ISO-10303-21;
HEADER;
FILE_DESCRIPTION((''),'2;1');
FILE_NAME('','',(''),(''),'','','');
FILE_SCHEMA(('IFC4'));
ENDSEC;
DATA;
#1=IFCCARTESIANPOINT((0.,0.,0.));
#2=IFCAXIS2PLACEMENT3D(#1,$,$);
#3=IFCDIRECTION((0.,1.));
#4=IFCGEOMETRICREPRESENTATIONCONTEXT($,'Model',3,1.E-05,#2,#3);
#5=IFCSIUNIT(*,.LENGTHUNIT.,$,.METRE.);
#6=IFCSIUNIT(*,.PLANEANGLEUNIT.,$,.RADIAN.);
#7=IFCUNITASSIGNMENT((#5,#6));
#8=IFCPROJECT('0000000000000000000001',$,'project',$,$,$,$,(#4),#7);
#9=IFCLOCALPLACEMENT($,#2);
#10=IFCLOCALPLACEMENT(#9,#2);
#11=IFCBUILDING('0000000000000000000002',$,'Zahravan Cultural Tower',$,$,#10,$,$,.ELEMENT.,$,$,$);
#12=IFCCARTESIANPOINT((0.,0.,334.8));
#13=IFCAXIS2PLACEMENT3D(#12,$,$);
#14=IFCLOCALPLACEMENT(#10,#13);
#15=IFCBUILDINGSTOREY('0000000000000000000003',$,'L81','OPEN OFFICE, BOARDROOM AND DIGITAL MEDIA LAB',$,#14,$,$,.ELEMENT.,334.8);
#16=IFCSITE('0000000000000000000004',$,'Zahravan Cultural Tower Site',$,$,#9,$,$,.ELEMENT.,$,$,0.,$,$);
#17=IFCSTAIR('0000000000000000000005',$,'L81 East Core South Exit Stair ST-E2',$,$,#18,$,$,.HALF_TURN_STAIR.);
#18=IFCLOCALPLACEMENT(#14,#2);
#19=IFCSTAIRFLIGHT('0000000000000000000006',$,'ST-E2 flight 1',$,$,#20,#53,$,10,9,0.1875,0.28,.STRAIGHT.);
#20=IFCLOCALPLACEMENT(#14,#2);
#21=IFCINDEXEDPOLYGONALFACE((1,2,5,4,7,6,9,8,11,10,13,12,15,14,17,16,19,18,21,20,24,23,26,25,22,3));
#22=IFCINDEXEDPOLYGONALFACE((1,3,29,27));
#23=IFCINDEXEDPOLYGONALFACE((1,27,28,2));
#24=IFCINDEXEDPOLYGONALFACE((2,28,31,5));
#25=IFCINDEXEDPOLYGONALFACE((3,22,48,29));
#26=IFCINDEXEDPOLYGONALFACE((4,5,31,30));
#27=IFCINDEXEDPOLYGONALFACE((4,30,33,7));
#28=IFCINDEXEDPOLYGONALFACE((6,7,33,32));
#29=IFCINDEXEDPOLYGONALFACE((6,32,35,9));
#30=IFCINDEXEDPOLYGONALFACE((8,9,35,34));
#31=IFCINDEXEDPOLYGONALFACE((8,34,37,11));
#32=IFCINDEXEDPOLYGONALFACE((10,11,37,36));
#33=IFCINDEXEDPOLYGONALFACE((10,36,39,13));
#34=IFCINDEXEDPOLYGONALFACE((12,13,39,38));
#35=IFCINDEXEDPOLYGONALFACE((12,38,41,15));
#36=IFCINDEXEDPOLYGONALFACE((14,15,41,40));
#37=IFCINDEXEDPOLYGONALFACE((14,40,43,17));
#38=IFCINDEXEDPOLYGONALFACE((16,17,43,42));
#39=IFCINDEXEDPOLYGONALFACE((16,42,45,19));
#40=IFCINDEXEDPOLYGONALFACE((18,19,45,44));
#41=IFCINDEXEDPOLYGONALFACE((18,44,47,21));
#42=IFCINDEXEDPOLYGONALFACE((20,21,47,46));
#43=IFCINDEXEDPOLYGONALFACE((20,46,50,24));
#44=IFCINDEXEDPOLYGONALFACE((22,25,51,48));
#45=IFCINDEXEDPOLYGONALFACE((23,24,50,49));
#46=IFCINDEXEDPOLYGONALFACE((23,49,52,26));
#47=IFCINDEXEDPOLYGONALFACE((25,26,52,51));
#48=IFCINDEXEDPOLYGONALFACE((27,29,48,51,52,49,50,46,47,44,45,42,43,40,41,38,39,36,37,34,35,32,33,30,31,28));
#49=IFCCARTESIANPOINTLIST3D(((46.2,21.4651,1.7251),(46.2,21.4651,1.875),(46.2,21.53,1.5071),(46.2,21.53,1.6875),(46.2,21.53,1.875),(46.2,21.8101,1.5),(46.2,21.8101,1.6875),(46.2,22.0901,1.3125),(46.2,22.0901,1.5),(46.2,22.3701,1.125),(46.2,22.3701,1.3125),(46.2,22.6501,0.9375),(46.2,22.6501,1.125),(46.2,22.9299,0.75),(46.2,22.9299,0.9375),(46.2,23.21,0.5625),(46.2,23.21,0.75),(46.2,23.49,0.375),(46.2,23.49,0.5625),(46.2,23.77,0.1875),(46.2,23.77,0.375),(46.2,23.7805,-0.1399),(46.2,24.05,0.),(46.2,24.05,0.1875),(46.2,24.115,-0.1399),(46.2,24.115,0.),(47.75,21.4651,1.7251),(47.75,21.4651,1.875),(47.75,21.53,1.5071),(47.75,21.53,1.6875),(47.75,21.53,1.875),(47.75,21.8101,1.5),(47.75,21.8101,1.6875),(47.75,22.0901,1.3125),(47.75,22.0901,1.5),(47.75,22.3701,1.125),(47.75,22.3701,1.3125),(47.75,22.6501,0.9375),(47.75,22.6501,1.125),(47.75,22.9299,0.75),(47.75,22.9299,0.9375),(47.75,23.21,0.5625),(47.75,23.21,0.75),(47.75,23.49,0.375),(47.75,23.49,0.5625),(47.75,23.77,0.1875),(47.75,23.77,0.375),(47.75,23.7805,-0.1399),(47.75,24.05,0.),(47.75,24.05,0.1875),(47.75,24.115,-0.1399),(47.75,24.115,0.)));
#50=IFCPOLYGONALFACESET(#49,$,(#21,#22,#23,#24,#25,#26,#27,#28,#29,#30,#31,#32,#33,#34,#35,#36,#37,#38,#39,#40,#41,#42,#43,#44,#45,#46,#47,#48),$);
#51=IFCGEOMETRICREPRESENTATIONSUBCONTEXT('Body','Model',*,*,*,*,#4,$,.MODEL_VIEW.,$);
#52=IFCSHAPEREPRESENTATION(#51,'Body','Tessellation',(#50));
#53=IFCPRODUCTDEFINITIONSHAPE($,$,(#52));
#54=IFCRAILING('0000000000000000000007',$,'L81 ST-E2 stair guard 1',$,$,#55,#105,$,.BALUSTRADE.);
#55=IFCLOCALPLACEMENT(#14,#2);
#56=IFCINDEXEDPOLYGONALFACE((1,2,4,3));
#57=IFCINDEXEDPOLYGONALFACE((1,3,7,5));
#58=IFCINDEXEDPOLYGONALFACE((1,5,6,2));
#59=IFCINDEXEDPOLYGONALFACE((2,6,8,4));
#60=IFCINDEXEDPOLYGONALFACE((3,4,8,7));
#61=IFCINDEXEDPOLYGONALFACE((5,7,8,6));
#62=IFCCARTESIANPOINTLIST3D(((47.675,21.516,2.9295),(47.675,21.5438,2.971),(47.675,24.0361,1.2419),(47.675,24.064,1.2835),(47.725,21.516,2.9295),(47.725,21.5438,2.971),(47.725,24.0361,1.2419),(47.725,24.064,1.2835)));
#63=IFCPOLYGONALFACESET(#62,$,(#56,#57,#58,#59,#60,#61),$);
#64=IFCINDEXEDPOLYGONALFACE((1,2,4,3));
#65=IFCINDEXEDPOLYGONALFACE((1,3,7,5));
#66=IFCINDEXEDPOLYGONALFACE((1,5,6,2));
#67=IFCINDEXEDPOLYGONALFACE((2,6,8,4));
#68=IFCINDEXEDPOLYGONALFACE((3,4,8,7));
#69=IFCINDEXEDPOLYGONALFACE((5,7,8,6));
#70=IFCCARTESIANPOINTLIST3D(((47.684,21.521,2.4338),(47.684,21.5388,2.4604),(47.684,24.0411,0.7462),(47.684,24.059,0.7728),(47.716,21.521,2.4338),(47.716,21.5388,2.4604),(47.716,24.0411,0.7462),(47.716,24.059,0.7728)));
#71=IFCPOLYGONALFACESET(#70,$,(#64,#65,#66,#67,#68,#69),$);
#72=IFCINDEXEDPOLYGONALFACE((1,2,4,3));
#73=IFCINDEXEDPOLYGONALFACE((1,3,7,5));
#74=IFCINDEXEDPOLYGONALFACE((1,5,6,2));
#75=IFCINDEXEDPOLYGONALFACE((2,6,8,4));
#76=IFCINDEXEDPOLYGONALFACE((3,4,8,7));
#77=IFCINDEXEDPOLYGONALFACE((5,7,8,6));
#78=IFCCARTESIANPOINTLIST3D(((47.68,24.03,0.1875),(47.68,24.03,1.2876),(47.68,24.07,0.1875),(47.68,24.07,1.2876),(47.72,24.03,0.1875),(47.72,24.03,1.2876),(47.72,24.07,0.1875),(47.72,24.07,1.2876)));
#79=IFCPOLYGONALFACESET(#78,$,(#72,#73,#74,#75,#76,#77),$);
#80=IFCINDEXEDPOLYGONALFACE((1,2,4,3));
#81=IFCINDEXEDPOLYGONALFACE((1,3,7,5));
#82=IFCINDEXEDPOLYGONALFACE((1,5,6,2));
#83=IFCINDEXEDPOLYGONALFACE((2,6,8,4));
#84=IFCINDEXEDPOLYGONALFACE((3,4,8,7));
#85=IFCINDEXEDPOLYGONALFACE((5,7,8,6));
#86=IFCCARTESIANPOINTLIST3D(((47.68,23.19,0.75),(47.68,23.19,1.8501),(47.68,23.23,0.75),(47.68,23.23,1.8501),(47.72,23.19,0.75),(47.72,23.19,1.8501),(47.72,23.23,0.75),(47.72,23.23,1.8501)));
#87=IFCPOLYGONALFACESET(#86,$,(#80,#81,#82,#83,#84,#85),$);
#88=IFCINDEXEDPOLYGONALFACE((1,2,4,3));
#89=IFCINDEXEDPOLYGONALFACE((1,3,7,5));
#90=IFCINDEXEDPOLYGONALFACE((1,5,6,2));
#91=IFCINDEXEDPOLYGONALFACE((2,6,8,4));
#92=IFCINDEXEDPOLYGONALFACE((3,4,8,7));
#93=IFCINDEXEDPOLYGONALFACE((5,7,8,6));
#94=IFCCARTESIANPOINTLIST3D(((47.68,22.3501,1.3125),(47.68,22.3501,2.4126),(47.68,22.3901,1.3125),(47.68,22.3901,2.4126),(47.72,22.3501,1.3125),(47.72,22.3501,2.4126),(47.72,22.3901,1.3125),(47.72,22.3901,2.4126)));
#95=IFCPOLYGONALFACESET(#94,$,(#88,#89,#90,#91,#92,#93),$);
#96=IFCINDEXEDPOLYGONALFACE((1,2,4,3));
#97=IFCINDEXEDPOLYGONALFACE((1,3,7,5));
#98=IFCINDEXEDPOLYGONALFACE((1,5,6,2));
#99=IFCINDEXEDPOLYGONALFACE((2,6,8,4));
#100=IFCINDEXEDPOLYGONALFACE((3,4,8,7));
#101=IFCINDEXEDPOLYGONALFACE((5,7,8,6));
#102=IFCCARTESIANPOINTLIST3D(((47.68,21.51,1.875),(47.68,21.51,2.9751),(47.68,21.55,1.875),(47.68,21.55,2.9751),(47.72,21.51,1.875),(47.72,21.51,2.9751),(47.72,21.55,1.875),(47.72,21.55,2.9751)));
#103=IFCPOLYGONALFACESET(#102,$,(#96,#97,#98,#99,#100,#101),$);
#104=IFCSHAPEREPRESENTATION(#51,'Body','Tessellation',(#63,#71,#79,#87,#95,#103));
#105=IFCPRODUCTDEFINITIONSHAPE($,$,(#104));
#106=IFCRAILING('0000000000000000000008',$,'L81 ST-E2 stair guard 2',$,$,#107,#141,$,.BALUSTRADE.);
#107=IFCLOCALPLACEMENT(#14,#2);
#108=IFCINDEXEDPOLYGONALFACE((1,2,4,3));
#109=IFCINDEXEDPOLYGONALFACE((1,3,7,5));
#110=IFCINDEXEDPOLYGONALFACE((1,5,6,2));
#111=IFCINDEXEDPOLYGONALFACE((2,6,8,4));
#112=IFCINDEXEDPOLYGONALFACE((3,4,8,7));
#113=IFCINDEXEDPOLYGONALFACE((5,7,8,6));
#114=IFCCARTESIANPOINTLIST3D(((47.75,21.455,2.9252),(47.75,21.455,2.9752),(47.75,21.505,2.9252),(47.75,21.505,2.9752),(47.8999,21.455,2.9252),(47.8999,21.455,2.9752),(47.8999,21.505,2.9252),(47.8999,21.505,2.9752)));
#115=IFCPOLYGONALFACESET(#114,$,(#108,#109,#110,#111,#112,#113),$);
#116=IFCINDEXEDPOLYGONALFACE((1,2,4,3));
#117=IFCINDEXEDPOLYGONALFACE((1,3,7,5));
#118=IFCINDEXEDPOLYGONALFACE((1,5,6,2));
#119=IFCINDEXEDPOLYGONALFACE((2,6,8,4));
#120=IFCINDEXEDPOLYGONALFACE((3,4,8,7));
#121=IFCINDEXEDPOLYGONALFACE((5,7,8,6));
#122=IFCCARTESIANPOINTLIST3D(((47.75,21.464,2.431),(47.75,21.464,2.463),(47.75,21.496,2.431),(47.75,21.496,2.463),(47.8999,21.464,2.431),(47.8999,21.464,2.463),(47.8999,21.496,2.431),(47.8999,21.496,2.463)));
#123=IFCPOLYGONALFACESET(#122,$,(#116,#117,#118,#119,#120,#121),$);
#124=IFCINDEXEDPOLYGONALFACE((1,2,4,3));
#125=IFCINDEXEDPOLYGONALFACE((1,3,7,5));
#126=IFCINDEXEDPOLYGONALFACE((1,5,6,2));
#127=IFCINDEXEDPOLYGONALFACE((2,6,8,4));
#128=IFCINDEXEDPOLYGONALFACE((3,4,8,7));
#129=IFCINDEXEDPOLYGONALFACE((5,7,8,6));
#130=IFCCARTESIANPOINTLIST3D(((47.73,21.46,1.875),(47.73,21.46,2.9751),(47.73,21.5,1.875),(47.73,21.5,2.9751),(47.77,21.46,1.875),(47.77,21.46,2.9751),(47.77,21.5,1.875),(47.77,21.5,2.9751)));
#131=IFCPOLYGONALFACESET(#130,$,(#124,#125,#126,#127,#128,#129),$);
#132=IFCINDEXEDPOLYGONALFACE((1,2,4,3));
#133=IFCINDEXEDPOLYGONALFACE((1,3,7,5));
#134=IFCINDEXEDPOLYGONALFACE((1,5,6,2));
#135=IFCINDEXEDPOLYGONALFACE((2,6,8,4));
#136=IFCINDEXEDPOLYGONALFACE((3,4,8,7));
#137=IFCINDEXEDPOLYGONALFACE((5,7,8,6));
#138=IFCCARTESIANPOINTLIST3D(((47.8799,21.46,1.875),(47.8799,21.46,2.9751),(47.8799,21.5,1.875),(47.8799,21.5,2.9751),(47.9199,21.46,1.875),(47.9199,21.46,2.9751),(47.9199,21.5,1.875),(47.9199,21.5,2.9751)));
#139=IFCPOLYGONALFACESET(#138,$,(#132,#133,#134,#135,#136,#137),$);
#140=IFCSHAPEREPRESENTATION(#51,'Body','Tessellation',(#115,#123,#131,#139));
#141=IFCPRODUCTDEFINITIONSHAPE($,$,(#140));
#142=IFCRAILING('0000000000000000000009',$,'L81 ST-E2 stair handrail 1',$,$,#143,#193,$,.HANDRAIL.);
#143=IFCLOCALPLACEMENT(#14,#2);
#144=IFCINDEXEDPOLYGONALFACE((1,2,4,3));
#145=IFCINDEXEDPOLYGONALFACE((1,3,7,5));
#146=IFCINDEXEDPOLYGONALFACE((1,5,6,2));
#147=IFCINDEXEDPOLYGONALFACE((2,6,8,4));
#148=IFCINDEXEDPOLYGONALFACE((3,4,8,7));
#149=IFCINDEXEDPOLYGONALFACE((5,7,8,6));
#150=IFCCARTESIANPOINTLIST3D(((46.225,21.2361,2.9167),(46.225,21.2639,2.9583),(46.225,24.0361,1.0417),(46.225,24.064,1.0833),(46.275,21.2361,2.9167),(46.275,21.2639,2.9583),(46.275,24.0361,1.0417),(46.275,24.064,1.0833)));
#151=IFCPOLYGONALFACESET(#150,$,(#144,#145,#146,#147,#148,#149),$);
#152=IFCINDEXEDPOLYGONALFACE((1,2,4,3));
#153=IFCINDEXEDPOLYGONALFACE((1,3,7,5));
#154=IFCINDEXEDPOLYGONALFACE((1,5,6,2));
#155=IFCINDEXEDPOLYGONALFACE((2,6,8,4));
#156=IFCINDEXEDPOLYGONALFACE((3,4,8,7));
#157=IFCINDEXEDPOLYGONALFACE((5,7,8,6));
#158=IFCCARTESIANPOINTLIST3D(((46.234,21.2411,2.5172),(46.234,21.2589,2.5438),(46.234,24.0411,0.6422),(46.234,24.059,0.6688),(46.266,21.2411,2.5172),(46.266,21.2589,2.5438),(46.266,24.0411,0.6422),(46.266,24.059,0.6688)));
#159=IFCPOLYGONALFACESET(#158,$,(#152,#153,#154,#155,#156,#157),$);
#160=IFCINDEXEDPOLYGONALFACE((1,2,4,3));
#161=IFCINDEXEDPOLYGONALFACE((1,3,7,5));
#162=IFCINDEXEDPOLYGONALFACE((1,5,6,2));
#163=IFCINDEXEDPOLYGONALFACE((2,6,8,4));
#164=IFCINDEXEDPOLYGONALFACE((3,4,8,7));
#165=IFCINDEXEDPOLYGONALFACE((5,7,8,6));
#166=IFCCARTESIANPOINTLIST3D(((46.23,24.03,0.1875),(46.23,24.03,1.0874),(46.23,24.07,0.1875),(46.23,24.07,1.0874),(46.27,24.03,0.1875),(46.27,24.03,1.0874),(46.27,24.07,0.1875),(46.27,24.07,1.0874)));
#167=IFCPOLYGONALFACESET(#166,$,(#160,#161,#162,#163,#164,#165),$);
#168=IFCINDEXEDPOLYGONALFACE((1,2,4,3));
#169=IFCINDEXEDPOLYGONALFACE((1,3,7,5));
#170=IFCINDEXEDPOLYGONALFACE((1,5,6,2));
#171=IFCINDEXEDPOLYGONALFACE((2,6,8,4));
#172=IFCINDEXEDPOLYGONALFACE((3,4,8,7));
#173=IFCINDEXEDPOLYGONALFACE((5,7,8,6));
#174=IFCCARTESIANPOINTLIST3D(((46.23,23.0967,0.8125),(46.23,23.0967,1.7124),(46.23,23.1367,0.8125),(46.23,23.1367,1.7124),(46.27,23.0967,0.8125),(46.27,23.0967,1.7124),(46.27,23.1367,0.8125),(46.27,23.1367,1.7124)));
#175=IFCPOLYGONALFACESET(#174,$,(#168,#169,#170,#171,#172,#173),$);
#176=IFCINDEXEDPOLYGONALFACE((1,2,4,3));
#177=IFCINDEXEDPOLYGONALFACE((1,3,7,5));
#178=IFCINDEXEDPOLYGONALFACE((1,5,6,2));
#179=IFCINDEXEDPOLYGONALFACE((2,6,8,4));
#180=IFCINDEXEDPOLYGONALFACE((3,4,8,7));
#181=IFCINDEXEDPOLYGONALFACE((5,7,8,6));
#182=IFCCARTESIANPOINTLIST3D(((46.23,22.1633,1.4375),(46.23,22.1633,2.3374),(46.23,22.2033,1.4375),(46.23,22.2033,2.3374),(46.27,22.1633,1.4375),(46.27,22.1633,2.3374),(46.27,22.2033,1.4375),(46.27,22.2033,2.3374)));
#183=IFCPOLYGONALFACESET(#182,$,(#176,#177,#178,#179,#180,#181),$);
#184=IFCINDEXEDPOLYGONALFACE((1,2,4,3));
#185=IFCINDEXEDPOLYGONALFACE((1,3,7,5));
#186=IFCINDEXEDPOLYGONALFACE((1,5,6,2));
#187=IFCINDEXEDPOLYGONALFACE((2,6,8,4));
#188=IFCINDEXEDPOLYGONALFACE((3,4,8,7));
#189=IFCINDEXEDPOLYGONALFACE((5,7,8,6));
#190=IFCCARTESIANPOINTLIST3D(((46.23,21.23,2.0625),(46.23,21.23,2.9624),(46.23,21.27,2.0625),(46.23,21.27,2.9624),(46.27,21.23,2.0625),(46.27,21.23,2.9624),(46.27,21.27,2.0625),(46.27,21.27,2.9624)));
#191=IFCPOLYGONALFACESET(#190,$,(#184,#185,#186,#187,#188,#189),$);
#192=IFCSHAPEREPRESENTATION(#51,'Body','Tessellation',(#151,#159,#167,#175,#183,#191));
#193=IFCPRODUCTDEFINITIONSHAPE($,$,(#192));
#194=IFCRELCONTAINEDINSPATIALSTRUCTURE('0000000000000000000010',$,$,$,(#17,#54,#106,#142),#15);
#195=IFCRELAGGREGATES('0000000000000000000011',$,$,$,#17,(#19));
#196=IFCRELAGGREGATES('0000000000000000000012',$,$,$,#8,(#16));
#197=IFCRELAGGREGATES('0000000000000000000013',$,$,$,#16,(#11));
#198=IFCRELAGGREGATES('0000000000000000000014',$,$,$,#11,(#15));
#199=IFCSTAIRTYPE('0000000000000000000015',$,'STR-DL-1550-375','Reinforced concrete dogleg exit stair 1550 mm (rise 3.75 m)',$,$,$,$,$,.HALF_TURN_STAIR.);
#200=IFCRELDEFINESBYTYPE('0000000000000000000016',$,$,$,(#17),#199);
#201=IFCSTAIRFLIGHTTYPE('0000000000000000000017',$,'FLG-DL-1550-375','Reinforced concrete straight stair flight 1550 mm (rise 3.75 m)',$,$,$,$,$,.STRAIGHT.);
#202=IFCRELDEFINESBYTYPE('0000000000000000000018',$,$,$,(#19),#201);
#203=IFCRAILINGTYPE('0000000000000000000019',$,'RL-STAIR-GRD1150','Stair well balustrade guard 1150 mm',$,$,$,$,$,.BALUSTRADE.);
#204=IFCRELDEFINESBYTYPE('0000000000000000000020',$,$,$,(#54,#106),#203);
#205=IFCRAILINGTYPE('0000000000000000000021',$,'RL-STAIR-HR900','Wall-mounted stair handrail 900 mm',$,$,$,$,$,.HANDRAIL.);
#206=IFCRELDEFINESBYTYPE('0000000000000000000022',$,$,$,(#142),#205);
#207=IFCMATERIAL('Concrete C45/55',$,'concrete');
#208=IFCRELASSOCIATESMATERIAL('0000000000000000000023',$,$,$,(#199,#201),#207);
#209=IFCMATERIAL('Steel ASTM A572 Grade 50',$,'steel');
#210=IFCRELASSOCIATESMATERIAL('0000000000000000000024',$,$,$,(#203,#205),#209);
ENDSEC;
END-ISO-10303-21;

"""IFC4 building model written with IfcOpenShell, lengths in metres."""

from ifc_helpers import new_model, si_unit, direction, frame, origin, origin_2d, place, context, subcontext, project, spatial, polyline, rectangle, outline, extrude, material, type_object, element, aggregate, save


model = new_model("IFC4")

# Units and contexts
model_context = context("Model", 3, precision=1e-05, world=origin(), true_north=direction((0.0, 1.0)))
body_context = subcontext(model_context, "Body", "Model", "MODEL_VIEW")
ifc_project = project(units=[si_unit("LENGTHUNIT", "METRE"), si_unit("PLANEANGLEUNIT", "RADIAN")], contexts=[model_context])

# Site, building, storey
site_placement = place(None, origin())
site = spatial("IfcSite", under=ifc_project, at=site_placement, Name="Zahravan Cultural Tower Site", CompositionType="ELEMENT", RefElevation=0.0)
building_placement = place(site_placement, origin())
building = spatial("IfcBuilding", under=site, at=building_placement, Name="Zahravan Cultural Tower", CompositionType="ELEMENT")
storey_placement = place(building_placement, frame((0.0, 0.0, 334.8)))
storey = spatial("IfcBuildingStorey", under=building, at=storey_placement, Name="L81", Description="OPEN OFFICE, BOARDROOM AND DIGITAL MEDIA LAB", CompositionType="ELEMENT", Elevation=334.8)

# Shared definitions
ifc_material_1 = material(Name="Steel ASTM A572 Grade 50", Category="steel")
ifc_material_2 = material(Name="Concrete C45/55", Category="concrete")

# Stair, stair flight
stair_type = type_object("IfcStairType", Name="STR-DL-1550-375", Description="Reinforced concrete dogleg exit stair 1550 mm (rise 3.75 m)", PredefinedType="HALF_TURN_STAIR", material=ifc_material_2)
stair_placement = place(storey_placement, origin())
stair = element("IfcStair", 1, at=stair_placement, inside=storey, type_object=stair_type, Name="L81 East Core South Exit Stair ST-E2", PredefinedType="HALF_TURN_STAIR")
stair_flight_type = type_object("IfcStairFlightType", Name="FLG-DL-1550-375", Description="Reinforced concrete straight stair flight 1550 mm (rise 3.75 m)", PredefinedType="STRAIGHT", material=ifc_material_2)
stair_flight_placement = place(storey_placement, frame((46.9751, 24.05, 0.0), z_axis=(0.0, 0.0, 1.0), x_axis=(0.0, -1.0, 0.0)))
stair_flight = element("IfcStairFlight", 2, at=stair_flight_placement, type_object=stair_flight_type, Name="ST-E2 flight 1", NumberOfRisers=10, NumberOfTreads=9, PredefinedType="STRAIGHT", RiserHeight=0.1875, TreadLength=0.28, context=body_context, shape_type="SweptSolid", body=[
    extrude(outline(polyline([(-0.0649, -0.1399), (-0.0649, 0.0), (0.0, 0.0), (0.0, 0.1875), (0.28, 0.1875), (0.28, 0.375), (0.5601, 0.375), (0.5601, 0.5625), (0.8401, 0.5625), (0.8401, 0.75), (1.1201, 0.75), (1.1201, 0.9375), (1.3999, 0.9375), (1.3999, 1.125), (1.6799, 1.125), (1.6799, 1.3125), (1.96, 1.3125), (1.96, 1.5), (2.24, 1.5), (2.24, 1.6875), (2.52, 1.6875), (2.52, 1.875), (2.585, 1.875), (2.585, 1.7251), (2.52, 1.5071), (0.2695, -0.1399), (-0.0649, -0.1399)])), frame((0.0, 0.7749, 0.0), z_axis=(0.0, -1.0, 0.0), x_axis=(1.0, 0.0, 0.0)), (0.0, 0.0, 1.0), 1.55),
])
aggregate(stair, [stair_flight])

# Railings
railing_type_1 = type_object("IfcRailingType", Name="RL-STAIR-GRD1150", Description="Stair well balustrade guard 1150 mm", PredefinedType="BALUSTRADE", material=ifc_material_1)
railing_1_placement = place(storey_placement, frame((47.7, 24.05, 0.1875)))
element("IfcRailing", 3, at=railing_1_placement, inside=storey, type_object=railing_type_1, Name="L81 ST-E2 stair guard 1", PredefinedType="BALUSTRADE", context=body_context, shape_type="SweptSolid", body=[
    extrude(rectangle(XDim=0.05, YDim=0.05, at=origin_2d()), frame((0.0, 0.0, 1.0752), z_axis=(0.0, -0.830909, 0.556408), x_axis=(1.0, 0.0, 0.0)), (0.0, 0.0, 1.0), 3.033),
    extrude(rectangle(XDim=0.032, YDim=0.032, at=origin_2d()), frame((0.0, 0.0, 0.572), z_axis=(0.0, -0.830909, 0.556408), x_axis=(1.0, 0.0, 0.0)), (0.0, 0.0, 1.0), 3.033),
    extrude(rectangle(XDim=0.04, YDim=0.04, at=origin_2d()), origin(), (0.0, 0.0, 1.0), 1.1001),
    extrude(rectangle(XDim=0.04, YDim=0.04, at=origin_2d()), frame((0.0, -0.8401, 0.5625)), (0.0, 0.0, 1.0), 1.1001),
    extrude(rectangle(XDim=0.04, YDim=0.04, at=origin_2d()), frame((0.0, -1.6799, 1.125)), (0.0, 0.0, 1.0), 1.1001),
    extrude(rectangle(XDim=0.04, YDim=0.04, at=origin_2d()), frame((0.0, -2.52, 1.6875)), (0.0, 0.0, 1.0), 1.1001),
])
railing_2_placement = place(storey_placement, frame((47.75, 21.48, 1.875)))
element("IfcRailing", 4, at=railing_2_placement, inside=storey, type_object=railing_type_1, Name="L81 ST-E2 stair guard 2", PredefinedType="BALUSTRADE", context=body_context, shape_type="SweptSolid", body=[
    extrude(rectangle(XDim=0.05, YDim=0.05, at=origin_2d()), frame((0.0, 0.0, 1.0752), z_axis=(1.0, 0.0, 0.0), x_axis=(0.0, 1.0, 0.0)), (0.0, 0.0, 1.0), 0.1499),
    extrude(rectangle(XDim=0.032, YDim=0.032, at=origin_2d()), frame((0.0, 0.0, 0.572), z_axis=(1.0, 0.0, 0.0), x_axis=(0.0, 1.0, 0.0)), (0.0, 0.0, 1.0), 0.1499),
    extrude(rectangle(XDim=0.04, YDim=0.04, at=origin_2d()), origin(), (0.0, 0.0, 1.0), 1.1001),
    extrude(rectangle(XDim=0.04, YDim=0.04, at=origin_2d()), frame((0.1499, 0.0, 0.0)), (0.0, 0.0, 1.0), 1.1001),
])
railing_type_2 = type_object("IfcRailingType", Name="RL-STAIR-HR900", Description="Wall-mounted stair handrail 900 mm", PredefinedType="HANDRAIL", material=ifc_material_1)
railing_3_placement = place(storey_placement, frame((46.25, 24.05, 0.1875)))
element("IfcRailing", 5, at=railing_3_placement, inside=storey, type_object=railing_type_2, Name="L81 ST-E2 stair handrail 1", PredefinedType="HANDRAIL", context=body_context, shape_type="SweptSolid", body=[
    extrude(rectangle(XDim=0.05, YDim=0.05, at=origin_2d()), frame((0.0, 0.0, 0.875), z_axis=(0.0, -0.830912, 0.556404), x_axis=(1.0, 0.0, 0.0)), (0.0, 0.0, 1.0), 3.3699),
    extrude(rectangle(XDim=0.032, YDim=0.032, at=origin_2d()), frame((0.0, 0.0, 0.468), z_axis=(0.0, -0.830912, 0.556404), x_axis=(1.0, 0.0, 0.0)), (0.0, 0.0, 1.0), 3.3699),
    extrude(rectangle(XDim=0.04, YDim=0.04, at=origin_2d()), origin(), (0.0, 0.0, 1.0), 0.8999),
    extrude(rectangle(XDim=0.04, YDim=0.04, at=origin_2d()), frame((0.0, -0.9333, 0.625)), (0.0, 0.0, 1.0), 0.8999),
    extrude(rectangle(XDim=0.04, YDim=0.04, at=origin_2d()), frame((0.0, -1.8667, 1.25)), (0.0, 0.0, 1.0), 0.8999),
    extrude(rectangle(XDim=0.04, YDim=0.04, at=origin_2d()), frame((0.0, -2.8, 1.875)), (0.0, 0.0, 1.0), 0.8999),
])

save(model, "model.ifc")
